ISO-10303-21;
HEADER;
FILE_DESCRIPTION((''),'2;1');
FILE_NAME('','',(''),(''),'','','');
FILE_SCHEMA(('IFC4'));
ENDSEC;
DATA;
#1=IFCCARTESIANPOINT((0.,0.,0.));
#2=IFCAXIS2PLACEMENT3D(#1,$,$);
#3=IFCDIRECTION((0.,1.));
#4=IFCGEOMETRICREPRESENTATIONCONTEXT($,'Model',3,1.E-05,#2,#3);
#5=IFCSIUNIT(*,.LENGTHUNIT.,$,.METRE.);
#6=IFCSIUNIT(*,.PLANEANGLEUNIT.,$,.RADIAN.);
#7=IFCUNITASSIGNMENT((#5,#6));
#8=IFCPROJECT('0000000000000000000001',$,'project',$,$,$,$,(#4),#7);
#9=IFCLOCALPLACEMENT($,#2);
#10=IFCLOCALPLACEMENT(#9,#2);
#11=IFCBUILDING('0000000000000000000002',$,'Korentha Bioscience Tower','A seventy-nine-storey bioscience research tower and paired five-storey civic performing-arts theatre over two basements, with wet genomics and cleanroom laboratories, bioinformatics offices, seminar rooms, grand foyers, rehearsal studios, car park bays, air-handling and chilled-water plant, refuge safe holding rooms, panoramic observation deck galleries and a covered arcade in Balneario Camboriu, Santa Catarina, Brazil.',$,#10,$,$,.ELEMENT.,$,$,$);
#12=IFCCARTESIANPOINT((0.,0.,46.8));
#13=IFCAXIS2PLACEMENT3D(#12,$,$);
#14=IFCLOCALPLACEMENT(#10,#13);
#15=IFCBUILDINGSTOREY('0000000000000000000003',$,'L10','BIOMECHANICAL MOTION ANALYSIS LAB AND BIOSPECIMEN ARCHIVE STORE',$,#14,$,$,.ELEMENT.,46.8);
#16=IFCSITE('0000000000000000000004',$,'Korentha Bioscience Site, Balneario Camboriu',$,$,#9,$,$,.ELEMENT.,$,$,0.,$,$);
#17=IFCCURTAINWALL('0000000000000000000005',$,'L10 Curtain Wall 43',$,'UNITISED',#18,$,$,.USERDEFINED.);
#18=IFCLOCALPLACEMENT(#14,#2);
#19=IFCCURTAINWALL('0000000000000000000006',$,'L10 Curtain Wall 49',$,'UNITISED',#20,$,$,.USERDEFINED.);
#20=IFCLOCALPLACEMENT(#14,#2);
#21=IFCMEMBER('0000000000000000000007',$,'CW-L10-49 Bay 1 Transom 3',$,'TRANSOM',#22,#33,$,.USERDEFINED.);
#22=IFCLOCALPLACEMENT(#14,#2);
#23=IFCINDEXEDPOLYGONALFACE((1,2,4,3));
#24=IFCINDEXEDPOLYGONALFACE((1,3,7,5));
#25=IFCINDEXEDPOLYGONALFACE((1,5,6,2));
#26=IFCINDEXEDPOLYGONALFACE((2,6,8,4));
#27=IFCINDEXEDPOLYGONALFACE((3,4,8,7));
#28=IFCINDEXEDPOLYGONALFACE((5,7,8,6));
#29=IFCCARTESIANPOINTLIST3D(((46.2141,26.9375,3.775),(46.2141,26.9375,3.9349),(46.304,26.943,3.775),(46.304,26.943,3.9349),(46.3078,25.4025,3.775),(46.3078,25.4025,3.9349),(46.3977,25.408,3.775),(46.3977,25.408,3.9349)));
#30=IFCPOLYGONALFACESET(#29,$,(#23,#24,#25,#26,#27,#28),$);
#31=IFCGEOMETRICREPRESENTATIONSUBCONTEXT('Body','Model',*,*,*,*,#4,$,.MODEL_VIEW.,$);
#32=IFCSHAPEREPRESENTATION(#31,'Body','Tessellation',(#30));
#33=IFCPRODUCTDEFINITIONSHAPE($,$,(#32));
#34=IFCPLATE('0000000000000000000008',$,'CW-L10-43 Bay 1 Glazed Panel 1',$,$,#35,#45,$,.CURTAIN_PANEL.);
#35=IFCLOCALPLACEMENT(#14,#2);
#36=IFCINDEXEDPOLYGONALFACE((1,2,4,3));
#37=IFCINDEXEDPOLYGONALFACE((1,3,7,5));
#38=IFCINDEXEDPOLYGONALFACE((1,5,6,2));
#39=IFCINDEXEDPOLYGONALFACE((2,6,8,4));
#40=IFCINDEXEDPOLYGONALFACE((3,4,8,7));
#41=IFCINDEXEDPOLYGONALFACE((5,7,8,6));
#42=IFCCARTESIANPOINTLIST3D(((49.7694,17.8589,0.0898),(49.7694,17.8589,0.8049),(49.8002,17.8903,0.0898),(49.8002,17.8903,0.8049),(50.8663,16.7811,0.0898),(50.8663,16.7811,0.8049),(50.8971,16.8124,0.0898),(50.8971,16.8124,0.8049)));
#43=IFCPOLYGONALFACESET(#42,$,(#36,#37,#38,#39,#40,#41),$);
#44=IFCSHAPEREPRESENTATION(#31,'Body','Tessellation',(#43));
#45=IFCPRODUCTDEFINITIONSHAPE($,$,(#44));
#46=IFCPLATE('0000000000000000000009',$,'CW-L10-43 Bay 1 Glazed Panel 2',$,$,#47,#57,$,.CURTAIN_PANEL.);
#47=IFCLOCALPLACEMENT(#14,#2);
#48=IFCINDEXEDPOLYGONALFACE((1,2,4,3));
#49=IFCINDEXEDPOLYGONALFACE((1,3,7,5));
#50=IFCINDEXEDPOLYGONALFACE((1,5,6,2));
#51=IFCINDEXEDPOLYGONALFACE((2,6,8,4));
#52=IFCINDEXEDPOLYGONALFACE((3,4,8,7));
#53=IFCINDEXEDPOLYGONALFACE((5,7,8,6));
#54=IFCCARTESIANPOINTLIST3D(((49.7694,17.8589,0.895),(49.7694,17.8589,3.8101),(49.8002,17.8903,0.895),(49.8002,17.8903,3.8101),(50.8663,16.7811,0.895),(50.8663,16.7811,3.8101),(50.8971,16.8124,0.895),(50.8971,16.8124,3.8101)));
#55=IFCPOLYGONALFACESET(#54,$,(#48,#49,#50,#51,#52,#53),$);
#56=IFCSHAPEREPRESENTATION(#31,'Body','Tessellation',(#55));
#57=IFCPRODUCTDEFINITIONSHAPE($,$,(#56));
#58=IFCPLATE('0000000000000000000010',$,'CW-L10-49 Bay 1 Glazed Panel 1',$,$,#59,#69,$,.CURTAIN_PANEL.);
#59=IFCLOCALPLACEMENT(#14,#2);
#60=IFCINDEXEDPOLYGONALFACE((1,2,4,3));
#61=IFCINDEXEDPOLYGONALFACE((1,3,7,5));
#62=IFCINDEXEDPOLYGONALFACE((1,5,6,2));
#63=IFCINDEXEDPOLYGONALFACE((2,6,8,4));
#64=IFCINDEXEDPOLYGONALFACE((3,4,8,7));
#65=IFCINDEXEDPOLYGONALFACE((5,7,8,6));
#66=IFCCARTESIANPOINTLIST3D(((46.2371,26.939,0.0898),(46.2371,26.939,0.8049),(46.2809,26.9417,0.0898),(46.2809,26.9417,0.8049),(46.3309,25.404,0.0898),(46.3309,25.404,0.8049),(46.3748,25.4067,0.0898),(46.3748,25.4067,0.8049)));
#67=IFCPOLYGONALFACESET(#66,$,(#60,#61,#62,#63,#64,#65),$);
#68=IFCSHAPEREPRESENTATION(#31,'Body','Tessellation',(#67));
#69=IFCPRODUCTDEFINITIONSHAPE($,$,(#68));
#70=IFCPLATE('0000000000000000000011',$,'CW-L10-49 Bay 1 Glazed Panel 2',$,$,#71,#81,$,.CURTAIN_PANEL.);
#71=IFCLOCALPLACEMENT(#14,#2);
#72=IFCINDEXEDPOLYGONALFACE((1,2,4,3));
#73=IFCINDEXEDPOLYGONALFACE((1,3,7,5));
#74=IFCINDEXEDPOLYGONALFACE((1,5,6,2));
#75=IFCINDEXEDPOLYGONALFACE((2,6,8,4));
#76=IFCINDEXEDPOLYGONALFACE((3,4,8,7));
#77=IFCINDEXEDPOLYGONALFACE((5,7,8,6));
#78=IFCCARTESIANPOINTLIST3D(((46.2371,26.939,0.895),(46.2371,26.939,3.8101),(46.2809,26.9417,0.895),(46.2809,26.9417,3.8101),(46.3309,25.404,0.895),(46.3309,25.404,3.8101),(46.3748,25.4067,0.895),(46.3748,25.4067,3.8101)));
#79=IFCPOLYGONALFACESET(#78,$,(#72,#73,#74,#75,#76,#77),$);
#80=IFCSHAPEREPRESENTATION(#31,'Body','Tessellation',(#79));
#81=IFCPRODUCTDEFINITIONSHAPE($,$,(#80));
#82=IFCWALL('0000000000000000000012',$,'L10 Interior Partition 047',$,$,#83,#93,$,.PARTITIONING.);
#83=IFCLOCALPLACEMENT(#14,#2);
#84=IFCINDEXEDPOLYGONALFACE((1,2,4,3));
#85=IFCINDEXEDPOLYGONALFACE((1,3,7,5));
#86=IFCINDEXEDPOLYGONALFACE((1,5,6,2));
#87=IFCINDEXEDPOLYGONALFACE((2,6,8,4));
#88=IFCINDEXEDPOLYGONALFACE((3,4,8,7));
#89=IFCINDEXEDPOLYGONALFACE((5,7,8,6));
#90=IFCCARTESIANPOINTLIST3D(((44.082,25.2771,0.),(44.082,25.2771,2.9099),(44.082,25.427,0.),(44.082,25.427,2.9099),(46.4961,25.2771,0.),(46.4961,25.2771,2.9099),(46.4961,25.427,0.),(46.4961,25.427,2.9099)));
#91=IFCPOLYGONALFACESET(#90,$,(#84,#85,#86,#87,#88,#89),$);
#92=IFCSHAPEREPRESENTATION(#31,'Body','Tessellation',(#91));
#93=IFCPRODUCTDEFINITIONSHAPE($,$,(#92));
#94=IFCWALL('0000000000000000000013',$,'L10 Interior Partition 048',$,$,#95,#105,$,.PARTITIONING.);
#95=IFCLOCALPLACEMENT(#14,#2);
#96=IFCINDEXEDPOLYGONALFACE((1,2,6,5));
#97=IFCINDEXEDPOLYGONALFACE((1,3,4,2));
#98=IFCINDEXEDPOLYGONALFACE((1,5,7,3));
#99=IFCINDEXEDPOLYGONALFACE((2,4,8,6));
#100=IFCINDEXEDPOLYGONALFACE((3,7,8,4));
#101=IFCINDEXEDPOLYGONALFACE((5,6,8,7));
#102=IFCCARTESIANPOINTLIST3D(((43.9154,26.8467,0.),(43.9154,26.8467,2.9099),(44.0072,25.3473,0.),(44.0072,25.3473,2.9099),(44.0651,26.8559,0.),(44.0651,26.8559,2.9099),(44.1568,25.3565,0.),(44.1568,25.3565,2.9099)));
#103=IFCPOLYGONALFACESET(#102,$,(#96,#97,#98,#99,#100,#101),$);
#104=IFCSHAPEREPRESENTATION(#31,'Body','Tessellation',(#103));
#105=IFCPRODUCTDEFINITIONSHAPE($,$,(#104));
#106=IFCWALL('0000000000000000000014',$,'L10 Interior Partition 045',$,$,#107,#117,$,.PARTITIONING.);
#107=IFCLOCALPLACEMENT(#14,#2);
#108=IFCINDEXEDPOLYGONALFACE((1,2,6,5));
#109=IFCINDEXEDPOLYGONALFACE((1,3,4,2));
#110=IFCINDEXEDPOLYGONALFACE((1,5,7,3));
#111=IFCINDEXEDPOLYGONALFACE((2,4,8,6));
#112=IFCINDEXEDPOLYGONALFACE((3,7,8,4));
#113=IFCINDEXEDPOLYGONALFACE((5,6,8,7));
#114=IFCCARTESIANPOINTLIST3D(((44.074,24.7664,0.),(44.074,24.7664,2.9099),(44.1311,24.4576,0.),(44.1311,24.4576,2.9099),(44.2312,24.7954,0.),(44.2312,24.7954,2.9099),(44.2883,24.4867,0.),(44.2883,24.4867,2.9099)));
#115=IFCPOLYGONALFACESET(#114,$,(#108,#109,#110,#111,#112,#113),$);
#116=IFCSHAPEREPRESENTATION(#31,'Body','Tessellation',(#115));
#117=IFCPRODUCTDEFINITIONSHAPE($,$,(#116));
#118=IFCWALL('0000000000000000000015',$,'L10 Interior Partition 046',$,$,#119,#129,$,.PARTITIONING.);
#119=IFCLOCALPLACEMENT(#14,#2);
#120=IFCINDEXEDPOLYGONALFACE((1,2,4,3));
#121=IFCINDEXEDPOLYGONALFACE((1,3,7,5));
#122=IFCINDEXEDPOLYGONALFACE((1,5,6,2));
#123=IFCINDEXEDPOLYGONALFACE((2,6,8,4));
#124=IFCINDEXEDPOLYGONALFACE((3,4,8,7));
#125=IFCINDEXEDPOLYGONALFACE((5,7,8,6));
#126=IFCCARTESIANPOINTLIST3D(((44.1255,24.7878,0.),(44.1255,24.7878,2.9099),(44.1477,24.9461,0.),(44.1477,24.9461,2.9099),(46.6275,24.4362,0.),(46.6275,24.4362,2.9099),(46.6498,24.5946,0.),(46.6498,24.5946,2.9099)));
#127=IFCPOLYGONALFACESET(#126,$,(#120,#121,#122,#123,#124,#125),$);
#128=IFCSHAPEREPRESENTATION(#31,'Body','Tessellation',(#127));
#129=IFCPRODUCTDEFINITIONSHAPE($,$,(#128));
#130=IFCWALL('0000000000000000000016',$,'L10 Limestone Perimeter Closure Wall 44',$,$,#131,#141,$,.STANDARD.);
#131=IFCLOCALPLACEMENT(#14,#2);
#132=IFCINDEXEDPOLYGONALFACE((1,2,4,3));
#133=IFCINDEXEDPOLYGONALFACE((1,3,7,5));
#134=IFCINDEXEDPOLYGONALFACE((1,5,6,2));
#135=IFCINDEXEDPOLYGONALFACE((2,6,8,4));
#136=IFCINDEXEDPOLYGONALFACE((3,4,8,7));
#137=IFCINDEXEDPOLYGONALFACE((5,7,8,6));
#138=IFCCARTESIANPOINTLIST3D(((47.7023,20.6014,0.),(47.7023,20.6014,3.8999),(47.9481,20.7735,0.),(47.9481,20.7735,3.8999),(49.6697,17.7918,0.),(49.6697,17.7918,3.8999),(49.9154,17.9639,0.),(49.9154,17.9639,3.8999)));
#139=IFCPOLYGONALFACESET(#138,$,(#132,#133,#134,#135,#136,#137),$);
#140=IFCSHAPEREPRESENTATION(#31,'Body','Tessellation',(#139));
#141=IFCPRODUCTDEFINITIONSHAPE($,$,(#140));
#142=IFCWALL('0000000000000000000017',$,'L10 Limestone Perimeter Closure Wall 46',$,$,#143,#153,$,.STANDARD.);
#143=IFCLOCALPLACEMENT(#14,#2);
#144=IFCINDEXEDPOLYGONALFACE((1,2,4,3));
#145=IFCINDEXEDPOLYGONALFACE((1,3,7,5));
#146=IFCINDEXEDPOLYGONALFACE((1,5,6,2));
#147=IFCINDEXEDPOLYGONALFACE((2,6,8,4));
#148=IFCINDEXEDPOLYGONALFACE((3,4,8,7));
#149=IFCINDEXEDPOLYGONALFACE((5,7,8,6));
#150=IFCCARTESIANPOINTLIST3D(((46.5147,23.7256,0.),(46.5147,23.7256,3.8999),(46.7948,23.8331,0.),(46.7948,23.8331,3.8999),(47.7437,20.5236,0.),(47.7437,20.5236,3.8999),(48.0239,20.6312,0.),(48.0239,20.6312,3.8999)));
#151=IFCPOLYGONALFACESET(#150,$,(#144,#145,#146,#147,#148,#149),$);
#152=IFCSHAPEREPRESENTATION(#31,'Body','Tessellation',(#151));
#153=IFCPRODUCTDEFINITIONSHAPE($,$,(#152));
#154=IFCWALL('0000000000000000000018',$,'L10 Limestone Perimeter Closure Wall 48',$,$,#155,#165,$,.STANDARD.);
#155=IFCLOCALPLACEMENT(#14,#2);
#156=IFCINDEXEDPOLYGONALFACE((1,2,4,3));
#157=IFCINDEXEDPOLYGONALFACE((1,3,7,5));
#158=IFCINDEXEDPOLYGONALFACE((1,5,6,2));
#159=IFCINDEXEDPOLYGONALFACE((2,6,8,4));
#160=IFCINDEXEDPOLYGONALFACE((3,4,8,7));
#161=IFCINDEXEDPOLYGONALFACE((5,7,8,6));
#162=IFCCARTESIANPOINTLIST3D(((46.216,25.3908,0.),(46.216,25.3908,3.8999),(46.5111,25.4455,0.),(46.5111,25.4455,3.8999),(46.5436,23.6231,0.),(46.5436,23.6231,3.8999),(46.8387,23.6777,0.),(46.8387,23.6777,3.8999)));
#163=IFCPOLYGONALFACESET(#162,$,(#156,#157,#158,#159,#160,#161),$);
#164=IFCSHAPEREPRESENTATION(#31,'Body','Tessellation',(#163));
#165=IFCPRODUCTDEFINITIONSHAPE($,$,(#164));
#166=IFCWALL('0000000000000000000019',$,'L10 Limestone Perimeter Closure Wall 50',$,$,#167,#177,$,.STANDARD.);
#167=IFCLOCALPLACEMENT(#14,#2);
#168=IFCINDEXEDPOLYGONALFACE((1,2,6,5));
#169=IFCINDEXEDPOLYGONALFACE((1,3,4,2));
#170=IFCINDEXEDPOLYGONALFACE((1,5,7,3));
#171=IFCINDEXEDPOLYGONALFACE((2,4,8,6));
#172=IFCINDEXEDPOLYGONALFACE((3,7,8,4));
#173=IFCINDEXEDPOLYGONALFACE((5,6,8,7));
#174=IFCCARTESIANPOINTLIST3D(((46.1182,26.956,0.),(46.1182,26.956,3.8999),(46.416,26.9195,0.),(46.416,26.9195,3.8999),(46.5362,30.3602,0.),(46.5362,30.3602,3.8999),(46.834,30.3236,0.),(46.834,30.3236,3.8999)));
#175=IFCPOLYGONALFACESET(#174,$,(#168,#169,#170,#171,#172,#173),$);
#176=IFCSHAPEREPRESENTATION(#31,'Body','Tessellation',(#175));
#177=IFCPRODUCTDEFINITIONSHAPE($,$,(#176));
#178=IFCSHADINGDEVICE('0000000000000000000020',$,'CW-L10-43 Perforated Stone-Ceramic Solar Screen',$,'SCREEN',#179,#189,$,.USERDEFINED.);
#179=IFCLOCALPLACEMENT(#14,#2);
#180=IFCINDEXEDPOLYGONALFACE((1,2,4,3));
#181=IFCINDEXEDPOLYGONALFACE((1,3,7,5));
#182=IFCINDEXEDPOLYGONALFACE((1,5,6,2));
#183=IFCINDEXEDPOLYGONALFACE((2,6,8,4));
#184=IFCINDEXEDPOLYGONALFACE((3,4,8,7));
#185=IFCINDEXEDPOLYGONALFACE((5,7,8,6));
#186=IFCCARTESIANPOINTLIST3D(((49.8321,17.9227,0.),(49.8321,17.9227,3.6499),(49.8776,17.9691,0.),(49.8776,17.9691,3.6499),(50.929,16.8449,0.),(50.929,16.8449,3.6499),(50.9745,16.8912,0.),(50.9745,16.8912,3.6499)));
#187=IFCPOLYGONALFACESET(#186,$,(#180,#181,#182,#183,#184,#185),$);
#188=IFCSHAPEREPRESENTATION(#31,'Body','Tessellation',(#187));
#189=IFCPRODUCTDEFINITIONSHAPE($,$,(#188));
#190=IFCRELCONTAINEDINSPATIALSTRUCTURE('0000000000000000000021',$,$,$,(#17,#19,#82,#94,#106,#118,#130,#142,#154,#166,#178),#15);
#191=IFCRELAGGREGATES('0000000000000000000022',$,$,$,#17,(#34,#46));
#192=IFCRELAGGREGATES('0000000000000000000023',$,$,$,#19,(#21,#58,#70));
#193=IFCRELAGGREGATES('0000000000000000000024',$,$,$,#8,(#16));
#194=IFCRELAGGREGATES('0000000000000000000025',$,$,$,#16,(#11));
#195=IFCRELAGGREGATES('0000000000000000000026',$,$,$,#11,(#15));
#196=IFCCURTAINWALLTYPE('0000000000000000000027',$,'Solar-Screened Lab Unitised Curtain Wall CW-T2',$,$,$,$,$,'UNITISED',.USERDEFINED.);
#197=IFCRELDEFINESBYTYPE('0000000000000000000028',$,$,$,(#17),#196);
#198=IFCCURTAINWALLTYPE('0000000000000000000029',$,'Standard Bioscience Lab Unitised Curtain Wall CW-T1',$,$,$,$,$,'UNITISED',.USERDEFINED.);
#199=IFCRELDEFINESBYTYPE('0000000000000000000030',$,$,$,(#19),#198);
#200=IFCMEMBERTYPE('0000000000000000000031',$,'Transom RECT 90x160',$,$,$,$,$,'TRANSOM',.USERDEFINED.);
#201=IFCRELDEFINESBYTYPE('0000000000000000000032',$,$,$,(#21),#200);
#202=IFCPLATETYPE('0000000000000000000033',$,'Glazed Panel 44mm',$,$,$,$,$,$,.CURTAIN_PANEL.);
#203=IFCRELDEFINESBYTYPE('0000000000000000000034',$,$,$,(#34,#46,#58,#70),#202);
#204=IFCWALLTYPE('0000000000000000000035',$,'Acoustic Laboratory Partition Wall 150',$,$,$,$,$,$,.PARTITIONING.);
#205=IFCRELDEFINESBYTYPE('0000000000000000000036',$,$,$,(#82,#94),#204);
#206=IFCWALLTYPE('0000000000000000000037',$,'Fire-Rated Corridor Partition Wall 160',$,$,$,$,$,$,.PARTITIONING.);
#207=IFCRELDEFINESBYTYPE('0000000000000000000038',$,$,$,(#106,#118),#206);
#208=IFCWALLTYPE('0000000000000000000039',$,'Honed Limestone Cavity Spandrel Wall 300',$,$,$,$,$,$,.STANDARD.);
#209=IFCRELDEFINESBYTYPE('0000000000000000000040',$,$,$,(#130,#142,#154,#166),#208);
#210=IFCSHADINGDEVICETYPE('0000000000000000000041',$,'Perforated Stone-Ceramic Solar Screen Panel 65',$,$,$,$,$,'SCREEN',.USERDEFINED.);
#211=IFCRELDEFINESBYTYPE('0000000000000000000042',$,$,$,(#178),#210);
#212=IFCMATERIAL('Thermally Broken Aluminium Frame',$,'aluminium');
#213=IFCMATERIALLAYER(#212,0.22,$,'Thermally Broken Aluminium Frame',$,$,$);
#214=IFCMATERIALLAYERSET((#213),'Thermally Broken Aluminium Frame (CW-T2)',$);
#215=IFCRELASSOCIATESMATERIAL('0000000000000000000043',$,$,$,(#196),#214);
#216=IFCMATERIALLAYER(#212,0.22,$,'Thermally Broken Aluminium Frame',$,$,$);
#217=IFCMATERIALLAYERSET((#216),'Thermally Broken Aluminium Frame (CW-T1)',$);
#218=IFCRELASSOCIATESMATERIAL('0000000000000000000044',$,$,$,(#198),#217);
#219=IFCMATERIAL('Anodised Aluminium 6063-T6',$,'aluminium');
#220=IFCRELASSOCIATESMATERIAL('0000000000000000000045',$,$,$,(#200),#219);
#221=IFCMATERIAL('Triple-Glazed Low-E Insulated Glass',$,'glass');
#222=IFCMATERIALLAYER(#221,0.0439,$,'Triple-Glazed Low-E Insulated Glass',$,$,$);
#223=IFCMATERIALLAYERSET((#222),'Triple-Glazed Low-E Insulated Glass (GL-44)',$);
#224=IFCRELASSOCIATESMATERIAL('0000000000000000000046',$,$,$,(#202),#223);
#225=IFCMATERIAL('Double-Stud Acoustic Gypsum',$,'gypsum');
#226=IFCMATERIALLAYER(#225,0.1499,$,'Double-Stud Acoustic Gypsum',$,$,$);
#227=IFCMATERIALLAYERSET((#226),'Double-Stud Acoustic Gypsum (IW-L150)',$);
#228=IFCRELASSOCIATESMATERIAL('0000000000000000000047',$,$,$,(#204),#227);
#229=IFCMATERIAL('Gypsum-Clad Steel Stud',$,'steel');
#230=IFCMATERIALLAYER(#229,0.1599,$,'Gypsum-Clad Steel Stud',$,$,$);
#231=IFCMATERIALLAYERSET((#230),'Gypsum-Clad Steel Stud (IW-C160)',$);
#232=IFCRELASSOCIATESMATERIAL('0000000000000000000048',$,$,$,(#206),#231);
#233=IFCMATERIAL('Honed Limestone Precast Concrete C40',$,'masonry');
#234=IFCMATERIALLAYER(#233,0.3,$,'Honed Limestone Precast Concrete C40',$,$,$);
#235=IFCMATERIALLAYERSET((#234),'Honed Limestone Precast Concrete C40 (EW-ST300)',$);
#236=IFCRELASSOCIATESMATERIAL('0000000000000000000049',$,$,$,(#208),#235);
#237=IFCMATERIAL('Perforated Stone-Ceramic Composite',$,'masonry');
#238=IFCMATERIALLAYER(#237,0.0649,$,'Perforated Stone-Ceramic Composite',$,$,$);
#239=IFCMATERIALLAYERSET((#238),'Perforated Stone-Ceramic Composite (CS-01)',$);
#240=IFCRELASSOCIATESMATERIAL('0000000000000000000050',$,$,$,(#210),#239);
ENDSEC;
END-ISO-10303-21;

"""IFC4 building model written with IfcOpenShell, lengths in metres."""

from ifc_helpers import new_model, si_unit, direction, frame, frame_2d, origin, origin_2d, place, context, subcontext, project, spatial, rectangle, extrude, material, layer, layer_set, material_profile, profile_set, type_object, element, aggregate, save


model = new_model("IFC4")

# Units and contexts
model_context = context("Model", 3, precision=1e-05, world=origin(), true_north=direction((0.0, 1.0)))
body_context = subcontext(model_context, "Body", "Model", "MODEL_VIEW")
ifc_project = project(units=[si_unit("LENGTHUNIT", "METRE"), si_unit("PLANEANGLEUNIT", "RADIAN")], contexts=[model_context])

# Site, building, storey
site_placement = place(None, origin())
site = spatial("IfcSite", under=ifc_project, at=site_placement, Name="Korentha Bioscience Site, Balneario Camboriu", CompositionType="ELEMENT", RefElevation=0.0)
building_placement = place(site_placement, origin())
building = spatial("IfcBuilding", under=site, at=building_placement, Name="Korentha Bioscience Tower", Description="A seventy-nine-storey bioscience research tower and paired five-storey civic performing-arts theatre over two basements, with wet genomics and cleanroom laboratories, bioinformatics offices, seminar rooms, grand foyers, rehearsal studios, car park bays, air-handling and chilled-water plant, refuge safe holding rooms, panoramic observation deck galleries and a covered arcade in Balneario Camboriu, Santa Catarina, Brazil.", CompositionType="ELEMENT")
storey_placement = place(building_placement, frame((0.0, 0.0, 46.8)))
storey = spatial("IfcBuildingStorey", under=building, at=storey_placement, Name="L10", Description="BIOMECHANICAL MOTION ANALYSIS LAB AND BIOSPECIMEN ARCHIVE STORE", CompositionType="ELEMENT", Elevation=46.8)

# Curtain wall
ifc_material_1 = material(Name="Thermally Broken Aluminium Frame", Category="aluminium")
ifc_layer_1 = layer(ifc_material_1, 0.22, Name="Thermally Broken Aluminium Frame")
ifc_layer_set_1 = layer_set([ifc_layer_1], Name="Thermally Broken Aluminium Frame (CW-T2)")
curtain_wall_type_1 = type_object("IfcCurtainWallType", Name="Solar-Screened Lab Unitised Curtain Wall CW-T2", ElementType="UNITISED", PredefinedType="USERDEFINED", material=ifc_layer_set_1)
curtain_wall_1_placement = place(storey_placement, origin())
curtain_wall_1 = element("IfcCurtainWall", 1, at=curtain_wall_1_placement, inside=storey, type_object=curtain_wall_type_1, Name="L10 Curtain Wall 43", ObjectType="UNITISED", PredefinedType="USERDEFINED")
ifc_material_2 = material(Name="Anodised Aluminium 6063-T6", Category="aluminium")

# Curtain wall
ifc_layer_2 = layer(ifc_material_1, 0.22, Name="Thermally Broken Aluminium Frame")
ifc_layer_set_2 = layer_set([ifc_layer_2], Name="Thermally Broken Aluminium Frame (CW-T1)")
curtain_wall_type_2 = type_object("IfcCurtainWallType", Name="Standard Bioscience Lab Unitised Curtain Wall CW-T1", ElementType="UNITISED", PredefinedType="USERDEFINED", material=ifc_layer_set_2)
curtain_wall_2_placement = place(storey_placement, origin())
curtain_wall_2 = element("IfcCurtainWall", 2, at=curtain_wall_2_placement, inside=storey, type_object=curtain_wall_type_2, Name="L10 Curtain Wall 49", ObjectType="UNITISED", PredefinedType="USERDEFINED")

# Member
ifc_material_profile_1 = material_profile(ifc_material_2, rectangle(XDim=0.0901, YDim=0.1599, at=origin_2d()), Name="Anodised Aluminium 6063-T6")
ifc_profile_set_1 = profile_set([ifc_material_profile_1], Name="Anodised Aluminium 6063-T6 (CW-TRN)")
member_type_1 = type_object("IfcMemberType", Name="Transom RECT 90x160", ElementType="TRANSOM", PredefinedType="USERDEFINED", material=ifc_profile_set_1)
member_1_placement = place(storey_placement, frame((46.3528, 25.4053, 3.855), z_axis=(-0.060965, 0.99814, 0.0), x_axis=(-0.99814, -0.060965, 0.0)))
member_1 = element("IfcMember", 3, at=member_1_placement, type_object=member_type_1, Name="CW-L10-49 Bay 1 Transom 3", ObjectType="TRANSOM", PredefinedType="USERDEFINED", context=body_context, shape_type="SweptSolid", body=[
    extrude(rectangle(XDim=0.0901, YDim=0.1599, at=origin_2d()), origin(), (0.0, 0.0, 1.0), 1.5378),
])

# Plates
ifc_material_3 = material(Name="Triple-Glazed Low-E Insulated Glass", Category="glass")
ifc_layer_3 = layer(ifc_material_3, 0.0439, Name="Triple-Glazed Low-E Insulated Glass")
ifc_layer_set_3 = layer_set([ifc_layer_3], Name="Triple-Glazed Low-E Insulated Glass (GL-44)")
plate_type = type_object("IfcPlateType", Name="Glazed Panel 44mm", PredefinedType="CURTAIN_PANEL", material=ifc_layer_set_3)
plate_1_placement = place(storey_placement, frame((50.3333, 17.3357, 0.0898), z_axis=(0.0, 0.0, 1.0), x_axis=(-0.713279, 0.70088, 0.0)))
plate_1 = element("IfcPlate", 4, at=plate_1_placement, type_object=plate_type, Name="CW-L10-43 Bay 1 Glazed Panel 1", PredefinedType="CURTAIN_PANEL", context=body_context, shape_type="SweptSolid", body=[
    extrude(rectangle(XDim=1.5378, YDim=0.0439, at=origin_2d()), origin(), (0.0, 0.0, 1.0), 0.7151),
])
plate_2_placement = place(storey_placement, frame((50.3333, 17.3357, 0.895), z_axis=(0.0, 0.0, 1.0), x_axis=(-0.713279, 0.70088, 0.0)))
plate_2 = element("IfcPlate", 5, at=plate_2_placement, type_object=plate_type, Name="CW-L10-43 Bay 1 Glazed Panel 2", PredefinedType="CURTAIN_PANEL", context=body_context, shape_type="SweptSolid", body=[
    extrude(rectangle(XDim=1.5378, YDim=0.0439, at=origin_2d()), origin(), (0.0, 0.0, 1.0), 2.915),
])
aggregate(curtain_wall_1, [plate_1, plate_2])
plate_3_placement = place(storey_placement, frame((46.3059, 26.1729, 0.0898), z_axis=(0.0, 0.0, 1.0), x_axis=(-0.061008, 0.998137, 0.0)))
plate_3 = element("IfcPlate", 6, at=plate_3_placement, type_object=plate_type, Name="CW-L10-49 Bay 1 Glazed Panel 1", PredefinedType="CURTAIN_PANEL", context=body_context, shape_type="SweptSolid", body=[
    extrude(rectangle(XDim=1.5378, YDim=0.0439, at=origin_2d()), origin(), (0.0, 0.0, 1.0), 0.7151),
])
plate_4_placement = place(storey_placement, frame((46.3059, 26.1729, 0.895), z_axis=(0.0, 0.0, 1.0), x_axis=(-0.061008, 0.998137, 0.0)))
plate_4 = element("IfcPlate", 7, at=plate_4_placement, type_object=plate_type, Name="CW-L10-49 Bay 1 Glazed Panel 2", PredefinedType="CURTAIN_PANEL", context=body_context, shape_type="SweptSolid", body=[
    extrude(rectangle(XDim=1.5378, YDim=0.0439, at=origin_2d()), origin(), (0.0, 0.0, 1.0), 2.915),
])
aggregate(curtain_wall_2, [member_1, plate_3, plate_4])

# Walls
ifc_material_4 = material(Name="Double-Stud Acoustic Gypsum", Category="gypsum")
ifc_layer_4 = layer(ifc_material_4, 0.1499, Name="Double-Stud Acoustic Gypsum")
ifc_layer_set_4 = layer_set([ifc_layer_4], Name="Double-Stud Acoustic Gypsum (IW-L150)")
wall_type_1 = type_object("IfcWallType", Name="Acoustic Laboratory Partition Wall 150", PredefinedType="PARTITIONING", material=ifc_layer_set_4)
wall_1_placement = place(storey_placement, frame((46.4961, 25.3521, 0.0), z_axis=(0.0, 0.0, 1.0), x_axis=(-1.0, 0.0, 0.0)))
element("IfcWall", 8, at=wall_1_placement, inside=storey, type_object=wall_type_1, Name="L10 Interior Partition 047", PredefinedType="PARTITIONING", context=body_context, shape_type="SweptSolid", body=[
    extrude(rectangle(XDim=2.4141, YDim=0.1499, at=frame_2d((1.207, 0.0))), origin(), (0.0, 0.0, 1.0), 2.9099),
])
wall_2_placement = place(storey_placement, frame((44.082, 25.3521, 0.0), z_axis=(0.0, 0.0, 1.0), x_axis=(-0.061103, 0.998131, 0.0)))
element("IfcWall", 9, at=wall_2_placement, inside=storey, type_object=wall_type_1, Name="L10 Interior Partition 048", PredefinedType="PARTITIONING", context=body_context, shape_type="SweptSolid", body=[
    extrude(rectangle(XDim=1.5022, YDim=0.1499, at=frame_2d((0.751, 0.0))), origin(), (0.0, 0.0, 1.0), 2.9099),
])
ifc_material_5 = material(Name="Gypsum-Clad Steel Stud", Category="steel")
ifc_layer_5 = layer(ifc_material_5, 0.1599, Name="Gypsum-Clad Steel Stud")
ifc_layer_set_5 = layer_set([ifc_layer_5], Name="Gypsum-Clad Steel Stud (IW-C160)")
wall_type_2 = type_object("IfcWallType", Name="Fire-Rated Corridor Partition Wall 160", PredefinedType="PARTITIONING", material=ifc_layer_set_5)
wall_3_placement = place(storey_placement, frame((44.2097, 24.4722, 0.0), z_axis=(0.0, 0.0, 1.0), x_axis=(-0.181894, 0.983318, 0.0)))
element("IfcWall", 10, at=wall_3_placement, inside=storey, type_object=wall_type_2, Name="L10 Interior Partition 045", PredefinedType="PARTITIONING", context=body_context, shape_type="SweptSolid", body=[
    extrude(rectangle(XDim=0.314, YDim=0.1599, at=frame_2d((0.157, 0.0))), origin(), (0.0, 0.0, 1.0), 2.9099),
])
wall_4_placement = place(storey_placement, frame((44.1367, 24.8669, 0.0), z_axis=(0.0, 0.0, 1.0), x_axis=(0.990272, -0.139148, 0.0)))
element("IfcWall", 11, at=wall_4_placement, inside=storey, type_object=wall_type_2, Name="L10 Interior Partition 046", PredefinedType="PARTITIONING", context=body_context, shape_type="SweptSolid", body=[
    extrude(rectangle(XDim=2.5266, YDim=0.1599, at=frame_2d((1.2632, 0.0))), origin(), (0.0, 0.0, 1.0), 2.9099),
])
ifc_material_6 = material(Name="Honed Limestone Precast Concrete C40", Category="masonry")
ifc_layer_6 = layer(ifc_material_6, 0.3, Name="Honed Limestone Precast Concrete C40")
ifc_layer_set_6 = layer_set([ifc_layer_6], Name="Honed Limestone Precast Concrete C40 (EW-ST300)")
wall_type_3 = type_object("IfcWallType", Name="Honed Limestone Cavity Spandrel Wall 300", PredefinedType="STANDARD", material=ifc_layer_set_6)
wall_5_placement = place(storey_placement, frame((49.7925, 17.8779, 0.0), z_axis=(0.0, 0.0, 1.0), x_axis=(-0.573577, 0.819152, 0.0)))
element("IfcWall", 12, at=wall_5_placement, inside=storey, type_object=wall_type_3, Name="L10 Limestone Perimeter Closure Wall 44", PredefinedType="STANDARD", context=body_context, shape_type="SweptSolid", body=[
    extrude(rectangle(XDim=3.4299, YDim=0.3, at=frame_2d((1.7148, 0.0))), origin(), (0.0, 0.0, 1.0), 3.8999),
])
wall_6_placement = place(storey_placement, frame((47.8838, 20.5774, 0.0), z_axis=(0.0, 0.0, 1.0), x_axis=(-0.358345, 0.933589, 0.0)))
element("IfcWall", 13, at=wall_6_placement, inside=storey, type_object=wall_type_3, Name="L10 Limestone Perimeter Closure Wall 46", PredefinedType="STANDARD", context=body_context, shape_type="SweptSolid", body=[
    extrude(rectangle(XDim=3.4297, YDim=0.3, at=frame_2d((1.7148, 0.0))), origin(), (0.0, 0.0, 1.0), 3.8999),
])
wall_7_placement = place(storey_placement, frame((46.6912, 23.6504, 0.0), z_axis=(0.0, 0.0, 1.0), x_axis=(-0.18223, 0.983256, 0.0)))
element("IfcWall", 14, at=wall_7_placement, inside=storey, type_object=wall_type_3, Name="L10 Limestone Perimeter Closure Wall 48", PredefinedType="STANDARD", context=body_context, shape_type="SweptSolid", body=[
    extrude(rectangle(XDim=1.7979, YDim=0.3, at=frame_2d((0.8989, 0.0))), origin(), (0.0, 0.0, 1.0), 3.8999),
])
wall_8_placement = place(storey_placement, frame((46.2671, 26.9377, 0.0), z_axis=(0.0, 0.0, 1.0), x_axis=(0.12187, 0.992546, 0.0)))
element("IfcWall", 15, at=wall_8_placement, inside=storey, type_object=wall_type_3, Name="L10 Limestone Perimeter Closure Wall 50", PredefinedType="STANDARD", context=body_context, shape_type="SweptSolid", body=[
    extrude(rectangle(XDim=3.4297, YDim=0.3, at=frame_2d((1.7148, 0.0))), origin(), (0.0, 0.0, 1.0), 3.8999),
])

# Shading device
ifc_material_7 = material(Name="Perforated Stone-Ceramic Composite", Category="masonry")
ifc_layer_7 = layer(ifc_material_7, 0.0649, Name="Perforated Stone-Ceramic Composite")
ifc_layer_set_7 = layer_set([ifc_layer_7], Name="Perforated Stone-Ceramic Composite (CS-01)")
shading_device_type_1 = type_object("IfcShadingDeviceType", Name="Perforated Stone-Ceramic Solar Screen Panel 65", ElementType="SCREEN", PredefinedType="USERDEFINED", material=ifc_layer_set_7)
shading_device_1_placement = place(storey_placement, frame((50.4033, 17.407, 0.0), z_axis=(0.0, 0.0, 1.0), x_axis=(-0.713279, 0.70088, 0.0)))
element("IfcShadingDevice", 16, at=shading_device_1_placement, inside=storey, type_object=shading_device_type_1, Name="CW-L10-43 Perforated Stone-Ceramic Solar Screen", ObjectType="SCREEN", PredefinedType="USERDEFINED", context=body_context, shape_type="SweptSolid", body=[
    extrude(rectangle(XDim=1.5378, YDim=0.0649, at=origin_2d()), origin(), (0.0, 0.0, 1.0), 3.6499),
])

save(model, "model.ifc")
